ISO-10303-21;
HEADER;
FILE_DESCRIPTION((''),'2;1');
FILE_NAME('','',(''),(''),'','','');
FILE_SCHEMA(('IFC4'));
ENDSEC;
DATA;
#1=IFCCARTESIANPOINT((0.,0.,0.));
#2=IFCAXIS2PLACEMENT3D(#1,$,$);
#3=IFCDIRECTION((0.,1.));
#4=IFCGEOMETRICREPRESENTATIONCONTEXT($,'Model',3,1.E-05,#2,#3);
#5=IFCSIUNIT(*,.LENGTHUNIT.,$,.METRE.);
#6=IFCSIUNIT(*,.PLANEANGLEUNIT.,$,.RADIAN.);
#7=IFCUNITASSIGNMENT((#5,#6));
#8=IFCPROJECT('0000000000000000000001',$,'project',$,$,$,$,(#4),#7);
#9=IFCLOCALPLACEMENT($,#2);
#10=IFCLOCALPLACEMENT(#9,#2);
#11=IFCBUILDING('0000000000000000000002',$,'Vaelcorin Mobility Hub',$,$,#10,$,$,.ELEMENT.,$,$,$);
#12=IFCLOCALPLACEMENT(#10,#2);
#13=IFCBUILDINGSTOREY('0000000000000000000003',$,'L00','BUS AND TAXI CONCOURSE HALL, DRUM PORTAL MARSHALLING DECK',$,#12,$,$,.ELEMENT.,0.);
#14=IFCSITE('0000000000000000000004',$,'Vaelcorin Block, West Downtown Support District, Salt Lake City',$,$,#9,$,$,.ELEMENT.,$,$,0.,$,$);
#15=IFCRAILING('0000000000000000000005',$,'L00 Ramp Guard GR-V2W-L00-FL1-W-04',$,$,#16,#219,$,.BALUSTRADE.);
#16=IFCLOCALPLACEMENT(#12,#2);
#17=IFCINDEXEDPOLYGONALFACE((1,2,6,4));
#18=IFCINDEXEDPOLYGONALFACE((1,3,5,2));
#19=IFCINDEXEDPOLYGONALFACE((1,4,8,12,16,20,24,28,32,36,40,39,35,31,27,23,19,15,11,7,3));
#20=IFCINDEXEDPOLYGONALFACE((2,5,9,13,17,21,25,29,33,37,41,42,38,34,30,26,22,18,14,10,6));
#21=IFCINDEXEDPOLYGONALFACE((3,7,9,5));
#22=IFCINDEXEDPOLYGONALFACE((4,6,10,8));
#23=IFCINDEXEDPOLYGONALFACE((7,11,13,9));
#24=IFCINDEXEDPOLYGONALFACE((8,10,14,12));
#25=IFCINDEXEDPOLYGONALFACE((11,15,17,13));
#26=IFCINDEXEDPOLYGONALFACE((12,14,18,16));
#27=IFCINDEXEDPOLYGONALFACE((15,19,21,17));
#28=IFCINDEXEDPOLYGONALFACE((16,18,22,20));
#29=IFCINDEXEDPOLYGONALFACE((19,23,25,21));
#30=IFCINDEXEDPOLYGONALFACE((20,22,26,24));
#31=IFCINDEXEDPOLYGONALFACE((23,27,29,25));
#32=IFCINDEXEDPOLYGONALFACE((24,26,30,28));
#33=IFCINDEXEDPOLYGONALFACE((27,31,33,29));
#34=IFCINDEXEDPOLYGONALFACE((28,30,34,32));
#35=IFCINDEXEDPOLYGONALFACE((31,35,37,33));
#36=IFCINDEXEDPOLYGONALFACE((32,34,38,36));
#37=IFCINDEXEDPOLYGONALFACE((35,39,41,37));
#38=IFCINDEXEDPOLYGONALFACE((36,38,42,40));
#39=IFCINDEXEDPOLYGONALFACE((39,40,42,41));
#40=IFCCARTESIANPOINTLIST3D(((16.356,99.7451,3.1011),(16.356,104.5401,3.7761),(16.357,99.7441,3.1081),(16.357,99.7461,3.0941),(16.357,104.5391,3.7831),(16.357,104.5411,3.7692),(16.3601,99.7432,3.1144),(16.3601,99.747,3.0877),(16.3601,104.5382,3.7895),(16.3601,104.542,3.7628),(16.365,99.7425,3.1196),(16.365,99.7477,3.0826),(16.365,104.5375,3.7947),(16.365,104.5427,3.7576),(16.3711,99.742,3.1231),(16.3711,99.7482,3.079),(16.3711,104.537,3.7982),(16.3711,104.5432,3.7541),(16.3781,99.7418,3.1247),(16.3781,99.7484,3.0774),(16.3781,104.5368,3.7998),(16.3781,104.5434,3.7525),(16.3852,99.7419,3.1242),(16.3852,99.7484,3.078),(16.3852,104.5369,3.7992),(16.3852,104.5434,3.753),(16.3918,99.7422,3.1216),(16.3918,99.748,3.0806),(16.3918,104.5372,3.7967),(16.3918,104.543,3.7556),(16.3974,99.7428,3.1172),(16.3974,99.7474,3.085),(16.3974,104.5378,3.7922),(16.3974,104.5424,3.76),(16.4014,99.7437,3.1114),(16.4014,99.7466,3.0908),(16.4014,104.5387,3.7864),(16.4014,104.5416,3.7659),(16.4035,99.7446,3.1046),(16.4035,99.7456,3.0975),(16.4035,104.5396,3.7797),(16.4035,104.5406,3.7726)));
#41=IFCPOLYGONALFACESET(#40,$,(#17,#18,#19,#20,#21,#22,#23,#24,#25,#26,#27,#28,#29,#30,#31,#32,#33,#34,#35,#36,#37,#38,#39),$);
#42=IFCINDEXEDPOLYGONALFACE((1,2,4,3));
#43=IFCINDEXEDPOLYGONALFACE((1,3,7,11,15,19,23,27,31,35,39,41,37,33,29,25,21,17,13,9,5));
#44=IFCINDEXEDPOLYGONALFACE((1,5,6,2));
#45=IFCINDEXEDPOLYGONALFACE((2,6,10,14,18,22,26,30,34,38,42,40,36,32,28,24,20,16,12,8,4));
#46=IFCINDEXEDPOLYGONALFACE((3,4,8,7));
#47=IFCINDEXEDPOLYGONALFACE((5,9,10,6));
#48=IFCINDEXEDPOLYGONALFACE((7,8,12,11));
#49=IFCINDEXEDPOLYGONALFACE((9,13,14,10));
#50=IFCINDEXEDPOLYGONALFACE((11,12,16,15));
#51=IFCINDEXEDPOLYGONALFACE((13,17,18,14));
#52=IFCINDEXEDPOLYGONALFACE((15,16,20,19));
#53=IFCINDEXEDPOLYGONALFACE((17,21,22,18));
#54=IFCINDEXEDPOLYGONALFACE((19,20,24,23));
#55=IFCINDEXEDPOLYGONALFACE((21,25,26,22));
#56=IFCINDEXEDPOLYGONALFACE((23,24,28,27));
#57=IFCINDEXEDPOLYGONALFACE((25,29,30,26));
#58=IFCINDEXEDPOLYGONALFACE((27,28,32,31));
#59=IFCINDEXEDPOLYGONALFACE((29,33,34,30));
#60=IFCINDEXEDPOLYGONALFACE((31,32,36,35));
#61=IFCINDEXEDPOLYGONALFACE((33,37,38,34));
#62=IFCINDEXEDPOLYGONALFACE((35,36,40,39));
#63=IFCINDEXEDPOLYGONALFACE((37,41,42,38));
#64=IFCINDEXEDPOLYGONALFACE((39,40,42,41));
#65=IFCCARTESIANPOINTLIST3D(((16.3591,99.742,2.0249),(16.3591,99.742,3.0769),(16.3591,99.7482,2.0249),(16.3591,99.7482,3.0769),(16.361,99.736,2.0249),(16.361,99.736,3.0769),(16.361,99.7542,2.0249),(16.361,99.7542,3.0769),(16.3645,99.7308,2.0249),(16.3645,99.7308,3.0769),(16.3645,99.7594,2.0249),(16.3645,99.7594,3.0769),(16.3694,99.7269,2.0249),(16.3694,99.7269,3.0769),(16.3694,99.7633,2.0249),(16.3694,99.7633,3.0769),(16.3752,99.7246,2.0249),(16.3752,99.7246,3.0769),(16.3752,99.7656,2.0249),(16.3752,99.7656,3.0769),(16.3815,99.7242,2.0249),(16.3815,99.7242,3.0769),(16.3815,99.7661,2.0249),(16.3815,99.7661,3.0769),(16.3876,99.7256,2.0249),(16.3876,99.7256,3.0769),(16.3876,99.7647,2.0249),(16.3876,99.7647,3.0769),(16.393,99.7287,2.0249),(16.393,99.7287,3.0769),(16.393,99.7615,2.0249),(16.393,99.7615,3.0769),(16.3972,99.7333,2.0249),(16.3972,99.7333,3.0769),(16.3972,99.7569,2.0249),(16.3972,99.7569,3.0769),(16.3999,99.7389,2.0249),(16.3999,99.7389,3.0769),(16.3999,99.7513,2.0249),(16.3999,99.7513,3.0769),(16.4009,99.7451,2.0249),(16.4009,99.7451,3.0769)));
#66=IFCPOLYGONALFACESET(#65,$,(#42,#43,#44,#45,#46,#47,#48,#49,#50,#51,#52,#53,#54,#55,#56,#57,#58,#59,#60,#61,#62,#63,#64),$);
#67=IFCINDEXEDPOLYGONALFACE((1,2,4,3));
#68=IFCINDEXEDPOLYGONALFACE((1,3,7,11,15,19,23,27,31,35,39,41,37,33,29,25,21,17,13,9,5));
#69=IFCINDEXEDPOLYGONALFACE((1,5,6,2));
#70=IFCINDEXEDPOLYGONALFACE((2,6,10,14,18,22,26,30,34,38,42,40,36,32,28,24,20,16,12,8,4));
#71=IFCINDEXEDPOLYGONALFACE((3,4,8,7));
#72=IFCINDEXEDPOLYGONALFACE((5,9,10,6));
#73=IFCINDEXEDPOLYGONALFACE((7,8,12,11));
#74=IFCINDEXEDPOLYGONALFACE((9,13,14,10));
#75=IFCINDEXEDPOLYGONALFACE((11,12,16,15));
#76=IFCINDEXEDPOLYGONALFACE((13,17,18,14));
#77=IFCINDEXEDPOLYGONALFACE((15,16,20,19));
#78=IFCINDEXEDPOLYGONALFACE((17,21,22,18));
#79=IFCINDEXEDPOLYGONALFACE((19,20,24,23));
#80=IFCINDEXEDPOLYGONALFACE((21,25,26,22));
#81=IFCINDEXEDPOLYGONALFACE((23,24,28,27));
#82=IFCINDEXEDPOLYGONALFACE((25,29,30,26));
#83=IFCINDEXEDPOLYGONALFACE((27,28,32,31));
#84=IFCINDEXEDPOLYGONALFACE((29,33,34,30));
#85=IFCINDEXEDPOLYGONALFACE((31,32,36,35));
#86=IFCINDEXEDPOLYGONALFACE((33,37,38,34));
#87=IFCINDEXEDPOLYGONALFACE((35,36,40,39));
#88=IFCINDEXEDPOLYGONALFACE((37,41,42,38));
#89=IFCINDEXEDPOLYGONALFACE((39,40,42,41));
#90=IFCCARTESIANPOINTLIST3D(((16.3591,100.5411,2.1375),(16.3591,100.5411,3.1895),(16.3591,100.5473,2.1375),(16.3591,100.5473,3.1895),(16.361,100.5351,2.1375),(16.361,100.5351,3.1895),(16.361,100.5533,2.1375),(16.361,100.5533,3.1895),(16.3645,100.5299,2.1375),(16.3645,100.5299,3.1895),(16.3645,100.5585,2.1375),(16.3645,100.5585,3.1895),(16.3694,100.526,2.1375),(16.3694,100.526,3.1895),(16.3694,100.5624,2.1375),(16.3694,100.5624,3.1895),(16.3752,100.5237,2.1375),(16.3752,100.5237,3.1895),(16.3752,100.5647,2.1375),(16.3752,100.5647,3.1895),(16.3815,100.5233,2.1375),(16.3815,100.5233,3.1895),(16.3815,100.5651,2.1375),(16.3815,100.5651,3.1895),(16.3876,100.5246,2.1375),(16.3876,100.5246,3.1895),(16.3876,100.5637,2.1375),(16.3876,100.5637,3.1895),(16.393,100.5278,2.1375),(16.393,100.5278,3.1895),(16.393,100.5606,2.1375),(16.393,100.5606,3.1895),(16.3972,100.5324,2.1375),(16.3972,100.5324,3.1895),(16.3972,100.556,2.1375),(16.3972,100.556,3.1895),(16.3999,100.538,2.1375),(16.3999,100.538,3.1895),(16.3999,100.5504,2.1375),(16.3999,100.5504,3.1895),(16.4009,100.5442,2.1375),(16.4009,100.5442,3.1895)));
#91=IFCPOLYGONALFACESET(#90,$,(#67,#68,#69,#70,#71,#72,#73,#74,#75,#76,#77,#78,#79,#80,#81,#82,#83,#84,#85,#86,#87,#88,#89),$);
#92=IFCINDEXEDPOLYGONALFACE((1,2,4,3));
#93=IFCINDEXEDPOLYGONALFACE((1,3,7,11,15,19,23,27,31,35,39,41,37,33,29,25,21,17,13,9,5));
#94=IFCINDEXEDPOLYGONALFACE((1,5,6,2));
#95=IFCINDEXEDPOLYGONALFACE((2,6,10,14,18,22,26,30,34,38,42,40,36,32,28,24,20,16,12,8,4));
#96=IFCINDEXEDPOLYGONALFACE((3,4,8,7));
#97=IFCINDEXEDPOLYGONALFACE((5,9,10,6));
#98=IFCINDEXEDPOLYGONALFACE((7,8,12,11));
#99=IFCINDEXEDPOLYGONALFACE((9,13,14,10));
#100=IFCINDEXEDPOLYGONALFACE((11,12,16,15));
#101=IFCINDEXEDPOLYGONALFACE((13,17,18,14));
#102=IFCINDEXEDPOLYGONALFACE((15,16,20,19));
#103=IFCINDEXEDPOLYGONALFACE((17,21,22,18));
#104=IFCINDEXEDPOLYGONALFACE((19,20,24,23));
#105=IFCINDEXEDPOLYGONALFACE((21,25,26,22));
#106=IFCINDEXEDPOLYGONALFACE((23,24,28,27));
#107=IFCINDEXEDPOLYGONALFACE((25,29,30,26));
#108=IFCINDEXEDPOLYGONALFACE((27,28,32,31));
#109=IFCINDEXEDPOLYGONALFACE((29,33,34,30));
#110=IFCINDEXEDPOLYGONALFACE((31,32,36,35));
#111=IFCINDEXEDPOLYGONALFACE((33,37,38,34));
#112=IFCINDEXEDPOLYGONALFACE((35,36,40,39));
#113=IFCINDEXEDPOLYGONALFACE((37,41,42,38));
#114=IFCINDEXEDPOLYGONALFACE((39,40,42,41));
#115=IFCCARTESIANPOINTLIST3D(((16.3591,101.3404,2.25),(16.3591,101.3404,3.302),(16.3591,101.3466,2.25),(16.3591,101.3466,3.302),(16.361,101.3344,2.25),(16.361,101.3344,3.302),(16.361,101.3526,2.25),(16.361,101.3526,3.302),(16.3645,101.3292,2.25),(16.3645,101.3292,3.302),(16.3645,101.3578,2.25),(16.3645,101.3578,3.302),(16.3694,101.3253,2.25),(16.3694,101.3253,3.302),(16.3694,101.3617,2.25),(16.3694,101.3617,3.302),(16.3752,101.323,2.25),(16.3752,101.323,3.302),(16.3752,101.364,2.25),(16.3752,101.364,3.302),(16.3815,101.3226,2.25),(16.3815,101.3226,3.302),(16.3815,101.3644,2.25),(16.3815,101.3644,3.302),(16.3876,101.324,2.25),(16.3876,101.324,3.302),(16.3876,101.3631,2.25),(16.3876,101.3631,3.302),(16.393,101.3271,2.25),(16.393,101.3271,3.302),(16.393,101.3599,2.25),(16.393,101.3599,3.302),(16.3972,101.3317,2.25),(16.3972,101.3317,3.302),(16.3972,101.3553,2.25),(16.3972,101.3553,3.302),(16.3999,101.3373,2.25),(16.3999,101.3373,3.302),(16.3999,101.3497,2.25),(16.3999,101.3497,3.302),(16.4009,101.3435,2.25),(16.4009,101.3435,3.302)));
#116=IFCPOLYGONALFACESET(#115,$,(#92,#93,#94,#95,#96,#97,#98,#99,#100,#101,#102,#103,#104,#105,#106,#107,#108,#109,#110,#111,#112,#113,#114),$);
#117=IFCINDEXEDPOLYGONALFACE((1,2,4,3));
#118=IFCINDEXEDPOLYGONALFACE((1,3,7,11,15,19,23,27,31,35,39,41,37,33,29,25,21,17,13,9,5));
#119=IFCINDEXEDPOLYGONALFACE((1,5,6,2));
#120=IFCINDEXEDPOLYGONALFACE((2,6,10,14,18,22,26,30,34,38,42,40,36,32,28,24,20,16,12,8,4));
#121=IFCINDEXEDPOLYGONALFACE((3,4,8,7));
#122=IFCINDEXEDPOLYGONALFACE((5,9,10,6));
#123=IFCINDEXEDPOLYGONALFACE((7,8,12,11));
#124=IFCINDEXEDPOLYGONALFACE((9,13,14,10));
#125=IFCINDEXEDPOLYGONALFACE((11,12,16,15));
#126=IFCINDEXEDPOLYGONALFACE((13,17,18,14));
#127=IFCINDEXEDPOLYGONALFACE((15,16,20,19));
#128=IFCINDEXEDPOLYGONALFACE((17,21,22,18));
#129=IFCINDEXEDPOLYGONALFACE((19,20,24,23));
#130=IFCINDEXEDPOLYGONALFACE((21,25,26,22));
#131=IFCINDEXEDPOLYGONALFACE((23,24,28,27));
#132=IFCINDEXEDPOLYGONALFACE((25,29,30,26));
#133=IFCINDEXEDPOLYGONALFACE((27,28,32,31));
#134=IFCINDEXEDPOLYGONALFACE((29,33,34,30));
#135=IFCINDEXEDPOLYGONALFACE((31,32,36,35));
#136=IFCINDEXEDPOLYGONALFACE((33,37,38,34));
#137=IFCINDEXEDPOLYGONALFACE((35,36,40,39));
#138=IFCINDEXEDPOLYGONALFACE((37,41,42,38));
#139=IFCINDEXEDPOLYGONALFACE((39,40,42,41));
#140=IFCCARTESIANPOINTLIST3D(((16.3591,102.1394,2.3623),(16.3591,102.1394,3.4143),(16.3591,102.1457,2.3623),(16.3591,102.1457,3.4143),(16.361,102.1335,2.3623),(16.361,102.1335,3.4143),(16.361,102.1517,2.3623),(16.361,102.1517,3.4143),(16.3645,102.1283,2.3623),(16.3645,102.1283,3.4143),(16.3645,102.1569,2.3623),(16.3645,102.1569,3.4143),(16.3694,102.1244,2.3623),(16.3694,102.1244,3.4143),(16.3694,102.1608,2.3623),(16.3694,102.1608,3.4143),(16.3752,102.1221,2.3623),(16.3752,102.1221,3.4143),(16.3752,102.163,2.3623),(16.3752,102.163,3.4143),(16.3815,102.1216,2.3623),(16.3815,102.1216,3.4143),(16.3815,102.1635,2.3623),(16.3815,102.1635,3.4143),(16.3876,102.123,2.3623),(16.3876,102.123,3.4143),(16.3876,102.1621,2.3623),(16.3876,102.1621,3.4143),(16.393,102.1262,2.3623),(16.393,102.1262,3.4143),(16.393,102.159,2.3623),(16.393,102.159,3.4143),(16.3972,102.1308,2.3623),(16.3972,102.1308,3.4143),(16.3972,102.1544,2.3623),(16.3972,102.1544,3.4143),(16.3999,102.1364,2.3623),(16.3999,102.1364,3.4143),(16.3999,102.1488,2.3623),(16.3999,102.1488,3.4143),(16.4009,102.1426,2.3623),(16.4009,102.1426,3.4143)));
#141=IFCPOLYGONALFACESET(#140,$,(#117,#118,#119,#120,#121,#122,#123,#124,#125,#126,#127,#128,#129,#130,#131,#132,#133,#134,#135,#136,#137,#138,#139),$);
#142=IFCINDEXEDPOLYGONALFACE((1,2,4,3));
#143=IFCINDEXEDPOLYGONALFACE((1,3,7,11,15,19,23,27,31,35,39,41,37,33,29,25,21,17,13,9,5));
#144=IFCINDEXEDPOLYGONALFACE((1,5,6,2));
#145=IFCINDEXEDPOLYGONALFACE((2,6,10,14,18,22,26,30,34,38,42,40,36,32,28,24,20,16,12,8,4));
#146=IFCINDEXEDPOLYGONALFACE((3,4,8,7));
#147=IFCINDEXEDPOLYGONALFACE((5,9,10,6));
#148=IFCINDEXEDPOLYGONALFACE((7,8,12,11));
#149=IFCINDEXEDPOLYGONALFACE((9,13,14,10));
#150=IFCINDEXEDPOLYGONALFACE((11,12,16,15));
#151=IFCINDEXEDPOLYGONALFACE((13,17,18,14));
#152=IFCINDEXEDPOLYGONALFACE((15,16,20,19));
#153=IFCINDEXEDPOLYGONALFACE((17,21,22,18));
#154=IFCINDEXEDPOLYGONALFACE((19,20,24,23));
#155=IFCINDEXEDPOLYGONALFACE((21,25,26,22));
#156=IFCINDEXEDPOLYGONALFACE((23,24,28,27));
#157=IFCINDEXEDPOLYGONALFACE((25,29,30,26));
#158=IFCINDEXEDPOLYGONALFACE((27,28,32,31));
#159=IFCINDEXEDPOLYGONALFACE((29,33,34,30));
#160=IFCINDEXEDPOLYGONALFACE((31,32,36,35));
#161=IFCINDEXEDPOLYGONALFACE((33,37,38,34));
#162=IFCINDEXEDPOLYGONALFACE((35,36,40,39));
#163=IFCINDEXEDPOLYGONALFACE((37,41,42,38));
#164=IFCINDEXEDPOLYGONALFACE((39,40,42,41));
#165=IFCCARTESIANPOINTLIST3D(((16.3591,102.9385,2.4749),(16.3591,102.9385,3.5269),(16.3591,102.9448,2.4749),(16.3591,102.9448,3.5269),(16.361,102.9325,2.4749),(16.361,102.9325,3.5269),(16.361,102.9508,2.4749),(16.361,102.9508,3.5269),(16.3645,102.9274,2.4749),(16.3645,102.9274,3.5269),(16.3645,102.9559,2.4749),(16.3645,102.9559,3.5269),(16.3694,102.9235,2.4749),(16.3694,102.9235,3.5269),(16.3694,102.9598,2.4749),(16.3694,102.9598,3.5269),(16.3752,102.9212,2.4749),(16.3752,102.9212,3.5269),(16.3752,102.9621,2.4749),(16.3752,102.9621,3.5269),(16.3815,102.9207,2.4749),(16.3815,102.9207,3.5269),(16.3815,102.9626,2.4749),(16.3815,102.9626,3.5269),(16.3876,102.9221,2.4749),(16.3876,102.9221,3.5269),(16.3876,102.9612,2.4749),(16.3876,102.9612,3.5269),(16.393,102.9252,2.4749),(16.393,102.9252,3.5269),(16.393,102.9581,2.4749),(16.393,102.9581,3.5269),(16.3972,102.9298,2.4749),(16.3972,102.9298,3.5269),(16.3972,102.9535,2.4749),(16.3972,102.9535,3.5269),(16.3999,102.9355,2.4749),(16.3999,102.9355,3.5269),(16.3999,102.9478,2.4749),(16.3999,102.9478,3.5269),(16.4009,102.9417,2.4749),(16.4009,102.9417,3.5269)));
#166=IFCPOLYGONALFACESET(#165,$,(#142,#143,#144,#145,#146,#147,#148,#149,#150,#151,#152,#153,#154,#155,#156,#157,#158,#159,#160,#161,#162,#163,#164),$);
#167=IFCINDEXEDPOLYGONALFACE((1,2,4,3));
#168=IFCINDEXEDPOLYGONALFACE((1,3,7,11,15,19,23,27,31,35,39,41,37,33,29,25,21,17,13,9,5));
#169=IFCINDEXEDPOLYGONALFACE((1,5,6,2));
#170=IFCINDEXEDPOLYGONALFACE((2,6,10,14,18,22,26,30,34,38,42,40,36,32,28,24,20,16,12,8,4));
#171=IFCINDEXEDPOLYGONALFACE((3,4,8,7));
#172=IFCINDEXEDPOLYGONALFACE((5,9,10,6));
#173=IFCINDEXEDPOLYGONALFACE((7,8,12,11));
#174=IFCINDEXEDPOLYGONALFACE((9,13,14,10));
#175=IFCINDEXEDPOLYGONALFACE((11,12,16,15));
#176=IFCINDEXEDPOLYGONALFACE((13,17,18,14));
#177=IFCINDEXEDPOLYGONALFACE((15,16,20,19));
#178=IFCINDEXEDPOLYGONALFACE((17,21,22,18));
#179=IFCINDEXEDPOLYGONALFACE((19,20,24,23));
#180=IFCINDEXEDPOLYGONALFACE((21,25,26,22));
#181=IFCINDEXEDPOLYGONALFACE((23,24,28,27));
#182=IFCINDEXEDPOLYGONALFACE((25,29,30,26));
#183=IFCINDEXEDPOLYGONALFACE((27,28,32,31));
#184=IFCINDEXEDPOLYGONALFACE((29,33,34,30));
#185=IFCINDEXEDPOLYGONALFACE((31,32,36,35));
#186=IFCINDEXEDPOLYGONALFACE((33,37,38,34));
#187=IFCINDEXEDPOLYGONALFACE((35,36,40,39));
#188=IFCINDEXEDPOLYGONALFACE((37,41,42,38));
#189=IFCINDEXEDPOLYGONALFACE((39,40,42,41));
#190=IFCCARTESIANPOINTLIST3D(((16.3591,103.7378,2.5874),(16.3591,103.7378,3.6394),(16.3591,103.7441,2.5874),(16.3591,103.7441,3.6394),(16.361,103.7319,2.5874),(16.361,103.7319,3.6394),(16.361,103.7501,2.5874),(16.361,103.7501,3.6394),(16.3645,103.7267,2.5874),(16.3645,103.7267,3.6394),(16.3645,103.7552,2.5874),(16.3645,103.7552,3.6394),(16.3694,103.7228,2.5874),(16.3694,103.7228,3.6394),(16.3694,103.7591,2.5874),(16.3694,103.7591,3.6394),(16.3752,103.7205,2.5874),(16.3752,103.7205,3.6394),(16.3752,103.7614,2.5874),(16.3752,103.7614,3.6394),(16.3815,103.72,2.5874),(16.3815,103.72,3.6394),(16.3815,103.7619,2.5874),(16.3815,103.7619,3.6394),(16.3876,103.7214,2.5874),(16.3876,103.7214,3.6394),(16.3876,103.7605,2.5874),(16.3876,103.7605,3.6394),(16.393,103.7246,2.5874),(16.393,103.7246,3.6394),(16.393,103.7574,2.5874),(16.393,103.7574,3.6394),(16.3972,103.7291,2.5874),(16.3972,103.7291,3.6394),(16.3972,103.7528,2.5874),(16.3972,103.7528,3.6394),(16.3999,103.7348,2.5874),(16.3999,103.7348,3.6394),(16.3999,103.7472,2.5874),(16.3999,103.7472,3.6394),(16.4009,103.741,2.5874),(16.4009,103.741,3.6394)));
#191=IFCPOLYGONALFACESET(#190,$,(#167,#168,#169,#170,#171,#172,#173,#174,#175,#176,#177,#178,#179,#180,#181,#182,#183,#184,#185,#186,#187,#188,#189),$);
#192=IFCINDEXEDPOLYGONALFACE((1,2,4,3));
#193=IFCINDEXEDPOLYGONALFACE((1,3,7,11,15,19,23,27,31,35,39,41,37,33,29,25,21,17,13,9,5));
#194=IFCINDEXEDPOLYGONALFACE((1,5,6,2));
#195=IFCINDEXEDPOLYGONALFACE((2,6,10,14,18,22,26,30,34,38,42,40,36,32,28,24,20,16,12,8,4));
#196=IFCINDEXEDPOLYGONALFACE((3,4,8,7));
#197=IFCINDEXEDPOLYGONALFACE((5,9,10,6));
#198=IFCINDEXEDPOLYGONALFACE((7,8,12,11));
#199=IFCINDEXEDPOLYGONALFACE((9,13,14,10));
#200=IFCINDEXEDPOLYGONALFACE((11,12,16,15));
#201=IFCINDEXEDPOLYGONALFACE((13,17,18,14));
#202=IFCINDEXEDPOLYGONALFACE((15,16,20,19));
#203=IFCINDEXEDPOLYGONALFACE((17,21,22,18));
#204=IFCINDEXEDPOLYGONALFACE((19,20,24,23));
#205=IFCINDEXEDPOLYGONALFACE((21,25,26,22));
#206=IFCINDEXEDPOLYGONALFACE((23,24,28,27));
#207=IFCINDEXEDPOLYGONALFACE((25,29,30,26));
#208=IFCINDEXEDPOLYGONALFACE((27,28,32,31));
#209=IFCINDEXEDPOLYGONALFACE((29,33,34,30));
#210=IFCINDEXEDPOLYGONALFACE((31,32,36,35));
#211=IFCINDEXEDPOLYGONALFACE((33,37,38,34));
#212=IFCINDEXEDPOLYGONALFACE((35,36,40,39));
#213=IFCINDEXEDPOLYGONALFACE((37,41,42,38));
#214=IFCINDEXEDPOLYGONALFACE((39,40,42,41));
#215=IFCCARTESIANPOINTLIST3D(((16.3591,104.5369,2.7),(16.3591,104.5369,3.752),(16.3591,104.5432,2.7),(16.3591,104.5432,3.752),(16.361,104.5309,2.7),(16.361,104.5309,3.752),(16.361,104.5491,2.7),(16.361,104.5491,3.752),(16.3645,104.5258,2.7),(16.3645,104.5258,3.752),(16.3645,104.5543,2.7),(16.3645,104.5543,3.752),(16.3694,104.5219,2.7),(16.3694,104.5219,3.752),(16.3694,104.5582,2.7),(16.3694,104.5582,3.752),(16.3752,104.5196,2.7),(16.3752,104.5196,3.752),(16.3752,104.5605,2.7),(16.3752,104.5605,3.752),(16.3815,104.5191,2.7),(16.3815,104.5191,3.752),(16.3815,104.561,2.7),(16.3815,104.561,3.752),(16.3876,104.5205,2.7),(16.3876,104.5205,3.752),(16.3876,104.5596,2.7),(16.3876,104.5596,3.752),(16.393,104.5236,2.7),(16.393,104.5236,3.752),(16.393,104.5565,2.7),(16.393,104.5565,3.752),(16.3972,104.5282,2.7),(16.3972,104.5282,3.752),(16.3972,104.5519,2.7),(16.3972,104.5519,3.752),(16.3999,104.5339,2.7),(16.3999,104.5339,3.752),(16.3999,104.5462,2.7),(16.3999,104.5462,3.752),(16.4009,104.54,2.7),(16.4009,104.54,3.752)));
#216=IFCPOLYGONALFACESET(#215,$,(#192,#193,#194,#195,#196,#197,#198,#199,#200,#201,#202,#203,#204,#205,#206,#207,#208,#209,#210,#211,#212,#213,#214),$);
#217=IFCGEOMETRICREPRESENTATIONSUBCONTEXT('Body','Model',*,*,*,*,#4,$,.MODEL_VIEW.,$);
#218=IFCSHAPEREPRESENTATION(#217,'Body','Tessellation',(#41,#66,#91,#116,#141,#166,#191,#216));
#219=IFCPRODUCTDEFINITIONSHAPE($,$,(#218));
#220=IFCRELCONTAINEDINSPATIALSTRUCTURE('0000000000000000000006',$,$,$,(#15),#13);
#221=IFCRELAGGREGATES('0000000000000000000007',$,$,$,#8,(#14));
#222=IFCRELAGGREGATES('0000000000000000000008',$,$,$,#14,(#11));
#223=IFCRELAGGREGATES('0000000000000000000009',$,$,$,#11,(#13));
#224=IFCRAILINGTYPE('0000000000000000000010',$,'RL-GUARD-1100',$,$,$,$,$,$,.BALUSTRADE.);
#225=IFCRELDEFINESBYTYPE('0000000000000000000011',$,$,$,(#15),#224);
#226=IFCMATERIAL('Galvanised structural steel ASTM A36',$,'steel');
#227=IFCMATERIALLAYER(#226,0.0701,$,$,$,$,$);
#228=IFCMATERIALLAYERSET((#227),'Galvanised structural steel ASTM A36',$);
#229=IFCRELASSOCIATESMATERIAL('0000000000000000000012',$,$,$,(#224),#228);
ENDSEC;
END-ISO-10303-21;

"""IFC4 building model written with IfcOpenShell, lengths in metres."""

from ifc_helpers import new_model, si_unit, direction, frame, origin, origin_2d, place, context, subcontext, project, spatial, circle, extrude, material, layer, layer_set, type_object, element, save


model = new_model("IFC4")

# Units and contexts
model_context = context("Model", 3, precision=1e-05, world=origin(), true_north=direction((0.0, 1.0)))
body_context = subcontext(model_context, "Body", "Model", "MODEL_VIEW")
ifc_project = project(units=[si_unit("LENGTHUNIT", "METRE"), si_unit("PLANEANGLEUNIT", "RADIAN")], contexts=[model_context])

# Site, building, storey
site_placement = place(None, origin())
site = spatial("IfcSite", under=ifc_project, at=site_placement, Name="Vaelcorin Block, West Downtown Support District, Salt Lake City", CompositionType="ELEMENT", RefElevation=0.0)
building_placement = place(site_placement, origin())
building = spatial("IfcBuilding", under=site, at=building_placement, Name="Vaelcorin Mobility Hub", CompositionType="ELEMENT")
storey_placement = place(building_placement, origin())
storey = spatial("IfcBuildingStorey", under=building, at=storey_placement, Name="L00", Description="BUS AND TAXI CONCOURSE HALL, DRUM PORTAL MARSHALLING DECK", CompositionType="ELEMENT", Elevation=0.0)

# Railing
ifc_material_1 = material(Name="Galvanised structural steel ASTM A36", Category="steel")
ifc_layer = layer(ifc_material_1, 0.0701)
ifc_layer_set = layer_set([ifc_layer], Name="Galvanised structural steel ASTM A36")
railing_type = type_object("IfcRailingType", Name="RL-GUARD-1100", PredefinedType="BALUSTRADE", material=ifc_layer_set)
railing_1_placement = place(storey_placement, frame((16.3799, 99.7451, 2.0249)))
element("IfcRailing", 1, at=railing_1_placement, inside=storey, type_object=railing_type, Name="L00 Ramp Guard GR-V2W-L00-FL1-W-04", PredefinedType="BALUSTRADE", context=body_context, shape_type="SweptSolid", body=[
    extrude(circle(Radius=0.0239, at=origin_2d()), frame((0.0, 0.0, 1.0762), z_axis=(0.0, 0.990235, 0.139409), x_axis=(-1.0, 0.0, 0.0)), (0.0, 0.0, 1.0), 4.8423),
    extrude(circle(Radius=0.021, at=origin_2d()), origin(), (0.0, 0.0, 1.0), 1.052),
    extrude(circle(Radius=0.021, at=origin_2d()), frame((0.0, 0.7991, 0.1125)), (0.0, 0.0, 1.0), 1.052),
    extrude(circle(Radius=0.021, at=origin_2d()), frame((0.0, 1.5984, 0.2251)), (0.0, 0.0, 1.0), 1.052),
    extrude(circle(Radius=0.021, at=origin_2d()), frame((0.0, 2.3975, 0.3374)), (0.0, 0.0, 1.0), 1.052),
    extrude(circle(Radius=0.021, at=origin_2d()), frame((0.0, 3.1965, 0.45)), (0.0, 0.0, 1.0), 1.052),
    extrude(circle(Radius=0.021, at=origin_2d()), frame((0.0, 3.9958, 0.5625)), (0.0, 0.0, 1.0), 1.052),
    extrude(circle(Radius=0.021, at=origin_2d()), frame((0.0, 4.7949, 0.675)), (0.0, 0.0, 1.0), 1.052),
])

save(model, "model.ifc")
